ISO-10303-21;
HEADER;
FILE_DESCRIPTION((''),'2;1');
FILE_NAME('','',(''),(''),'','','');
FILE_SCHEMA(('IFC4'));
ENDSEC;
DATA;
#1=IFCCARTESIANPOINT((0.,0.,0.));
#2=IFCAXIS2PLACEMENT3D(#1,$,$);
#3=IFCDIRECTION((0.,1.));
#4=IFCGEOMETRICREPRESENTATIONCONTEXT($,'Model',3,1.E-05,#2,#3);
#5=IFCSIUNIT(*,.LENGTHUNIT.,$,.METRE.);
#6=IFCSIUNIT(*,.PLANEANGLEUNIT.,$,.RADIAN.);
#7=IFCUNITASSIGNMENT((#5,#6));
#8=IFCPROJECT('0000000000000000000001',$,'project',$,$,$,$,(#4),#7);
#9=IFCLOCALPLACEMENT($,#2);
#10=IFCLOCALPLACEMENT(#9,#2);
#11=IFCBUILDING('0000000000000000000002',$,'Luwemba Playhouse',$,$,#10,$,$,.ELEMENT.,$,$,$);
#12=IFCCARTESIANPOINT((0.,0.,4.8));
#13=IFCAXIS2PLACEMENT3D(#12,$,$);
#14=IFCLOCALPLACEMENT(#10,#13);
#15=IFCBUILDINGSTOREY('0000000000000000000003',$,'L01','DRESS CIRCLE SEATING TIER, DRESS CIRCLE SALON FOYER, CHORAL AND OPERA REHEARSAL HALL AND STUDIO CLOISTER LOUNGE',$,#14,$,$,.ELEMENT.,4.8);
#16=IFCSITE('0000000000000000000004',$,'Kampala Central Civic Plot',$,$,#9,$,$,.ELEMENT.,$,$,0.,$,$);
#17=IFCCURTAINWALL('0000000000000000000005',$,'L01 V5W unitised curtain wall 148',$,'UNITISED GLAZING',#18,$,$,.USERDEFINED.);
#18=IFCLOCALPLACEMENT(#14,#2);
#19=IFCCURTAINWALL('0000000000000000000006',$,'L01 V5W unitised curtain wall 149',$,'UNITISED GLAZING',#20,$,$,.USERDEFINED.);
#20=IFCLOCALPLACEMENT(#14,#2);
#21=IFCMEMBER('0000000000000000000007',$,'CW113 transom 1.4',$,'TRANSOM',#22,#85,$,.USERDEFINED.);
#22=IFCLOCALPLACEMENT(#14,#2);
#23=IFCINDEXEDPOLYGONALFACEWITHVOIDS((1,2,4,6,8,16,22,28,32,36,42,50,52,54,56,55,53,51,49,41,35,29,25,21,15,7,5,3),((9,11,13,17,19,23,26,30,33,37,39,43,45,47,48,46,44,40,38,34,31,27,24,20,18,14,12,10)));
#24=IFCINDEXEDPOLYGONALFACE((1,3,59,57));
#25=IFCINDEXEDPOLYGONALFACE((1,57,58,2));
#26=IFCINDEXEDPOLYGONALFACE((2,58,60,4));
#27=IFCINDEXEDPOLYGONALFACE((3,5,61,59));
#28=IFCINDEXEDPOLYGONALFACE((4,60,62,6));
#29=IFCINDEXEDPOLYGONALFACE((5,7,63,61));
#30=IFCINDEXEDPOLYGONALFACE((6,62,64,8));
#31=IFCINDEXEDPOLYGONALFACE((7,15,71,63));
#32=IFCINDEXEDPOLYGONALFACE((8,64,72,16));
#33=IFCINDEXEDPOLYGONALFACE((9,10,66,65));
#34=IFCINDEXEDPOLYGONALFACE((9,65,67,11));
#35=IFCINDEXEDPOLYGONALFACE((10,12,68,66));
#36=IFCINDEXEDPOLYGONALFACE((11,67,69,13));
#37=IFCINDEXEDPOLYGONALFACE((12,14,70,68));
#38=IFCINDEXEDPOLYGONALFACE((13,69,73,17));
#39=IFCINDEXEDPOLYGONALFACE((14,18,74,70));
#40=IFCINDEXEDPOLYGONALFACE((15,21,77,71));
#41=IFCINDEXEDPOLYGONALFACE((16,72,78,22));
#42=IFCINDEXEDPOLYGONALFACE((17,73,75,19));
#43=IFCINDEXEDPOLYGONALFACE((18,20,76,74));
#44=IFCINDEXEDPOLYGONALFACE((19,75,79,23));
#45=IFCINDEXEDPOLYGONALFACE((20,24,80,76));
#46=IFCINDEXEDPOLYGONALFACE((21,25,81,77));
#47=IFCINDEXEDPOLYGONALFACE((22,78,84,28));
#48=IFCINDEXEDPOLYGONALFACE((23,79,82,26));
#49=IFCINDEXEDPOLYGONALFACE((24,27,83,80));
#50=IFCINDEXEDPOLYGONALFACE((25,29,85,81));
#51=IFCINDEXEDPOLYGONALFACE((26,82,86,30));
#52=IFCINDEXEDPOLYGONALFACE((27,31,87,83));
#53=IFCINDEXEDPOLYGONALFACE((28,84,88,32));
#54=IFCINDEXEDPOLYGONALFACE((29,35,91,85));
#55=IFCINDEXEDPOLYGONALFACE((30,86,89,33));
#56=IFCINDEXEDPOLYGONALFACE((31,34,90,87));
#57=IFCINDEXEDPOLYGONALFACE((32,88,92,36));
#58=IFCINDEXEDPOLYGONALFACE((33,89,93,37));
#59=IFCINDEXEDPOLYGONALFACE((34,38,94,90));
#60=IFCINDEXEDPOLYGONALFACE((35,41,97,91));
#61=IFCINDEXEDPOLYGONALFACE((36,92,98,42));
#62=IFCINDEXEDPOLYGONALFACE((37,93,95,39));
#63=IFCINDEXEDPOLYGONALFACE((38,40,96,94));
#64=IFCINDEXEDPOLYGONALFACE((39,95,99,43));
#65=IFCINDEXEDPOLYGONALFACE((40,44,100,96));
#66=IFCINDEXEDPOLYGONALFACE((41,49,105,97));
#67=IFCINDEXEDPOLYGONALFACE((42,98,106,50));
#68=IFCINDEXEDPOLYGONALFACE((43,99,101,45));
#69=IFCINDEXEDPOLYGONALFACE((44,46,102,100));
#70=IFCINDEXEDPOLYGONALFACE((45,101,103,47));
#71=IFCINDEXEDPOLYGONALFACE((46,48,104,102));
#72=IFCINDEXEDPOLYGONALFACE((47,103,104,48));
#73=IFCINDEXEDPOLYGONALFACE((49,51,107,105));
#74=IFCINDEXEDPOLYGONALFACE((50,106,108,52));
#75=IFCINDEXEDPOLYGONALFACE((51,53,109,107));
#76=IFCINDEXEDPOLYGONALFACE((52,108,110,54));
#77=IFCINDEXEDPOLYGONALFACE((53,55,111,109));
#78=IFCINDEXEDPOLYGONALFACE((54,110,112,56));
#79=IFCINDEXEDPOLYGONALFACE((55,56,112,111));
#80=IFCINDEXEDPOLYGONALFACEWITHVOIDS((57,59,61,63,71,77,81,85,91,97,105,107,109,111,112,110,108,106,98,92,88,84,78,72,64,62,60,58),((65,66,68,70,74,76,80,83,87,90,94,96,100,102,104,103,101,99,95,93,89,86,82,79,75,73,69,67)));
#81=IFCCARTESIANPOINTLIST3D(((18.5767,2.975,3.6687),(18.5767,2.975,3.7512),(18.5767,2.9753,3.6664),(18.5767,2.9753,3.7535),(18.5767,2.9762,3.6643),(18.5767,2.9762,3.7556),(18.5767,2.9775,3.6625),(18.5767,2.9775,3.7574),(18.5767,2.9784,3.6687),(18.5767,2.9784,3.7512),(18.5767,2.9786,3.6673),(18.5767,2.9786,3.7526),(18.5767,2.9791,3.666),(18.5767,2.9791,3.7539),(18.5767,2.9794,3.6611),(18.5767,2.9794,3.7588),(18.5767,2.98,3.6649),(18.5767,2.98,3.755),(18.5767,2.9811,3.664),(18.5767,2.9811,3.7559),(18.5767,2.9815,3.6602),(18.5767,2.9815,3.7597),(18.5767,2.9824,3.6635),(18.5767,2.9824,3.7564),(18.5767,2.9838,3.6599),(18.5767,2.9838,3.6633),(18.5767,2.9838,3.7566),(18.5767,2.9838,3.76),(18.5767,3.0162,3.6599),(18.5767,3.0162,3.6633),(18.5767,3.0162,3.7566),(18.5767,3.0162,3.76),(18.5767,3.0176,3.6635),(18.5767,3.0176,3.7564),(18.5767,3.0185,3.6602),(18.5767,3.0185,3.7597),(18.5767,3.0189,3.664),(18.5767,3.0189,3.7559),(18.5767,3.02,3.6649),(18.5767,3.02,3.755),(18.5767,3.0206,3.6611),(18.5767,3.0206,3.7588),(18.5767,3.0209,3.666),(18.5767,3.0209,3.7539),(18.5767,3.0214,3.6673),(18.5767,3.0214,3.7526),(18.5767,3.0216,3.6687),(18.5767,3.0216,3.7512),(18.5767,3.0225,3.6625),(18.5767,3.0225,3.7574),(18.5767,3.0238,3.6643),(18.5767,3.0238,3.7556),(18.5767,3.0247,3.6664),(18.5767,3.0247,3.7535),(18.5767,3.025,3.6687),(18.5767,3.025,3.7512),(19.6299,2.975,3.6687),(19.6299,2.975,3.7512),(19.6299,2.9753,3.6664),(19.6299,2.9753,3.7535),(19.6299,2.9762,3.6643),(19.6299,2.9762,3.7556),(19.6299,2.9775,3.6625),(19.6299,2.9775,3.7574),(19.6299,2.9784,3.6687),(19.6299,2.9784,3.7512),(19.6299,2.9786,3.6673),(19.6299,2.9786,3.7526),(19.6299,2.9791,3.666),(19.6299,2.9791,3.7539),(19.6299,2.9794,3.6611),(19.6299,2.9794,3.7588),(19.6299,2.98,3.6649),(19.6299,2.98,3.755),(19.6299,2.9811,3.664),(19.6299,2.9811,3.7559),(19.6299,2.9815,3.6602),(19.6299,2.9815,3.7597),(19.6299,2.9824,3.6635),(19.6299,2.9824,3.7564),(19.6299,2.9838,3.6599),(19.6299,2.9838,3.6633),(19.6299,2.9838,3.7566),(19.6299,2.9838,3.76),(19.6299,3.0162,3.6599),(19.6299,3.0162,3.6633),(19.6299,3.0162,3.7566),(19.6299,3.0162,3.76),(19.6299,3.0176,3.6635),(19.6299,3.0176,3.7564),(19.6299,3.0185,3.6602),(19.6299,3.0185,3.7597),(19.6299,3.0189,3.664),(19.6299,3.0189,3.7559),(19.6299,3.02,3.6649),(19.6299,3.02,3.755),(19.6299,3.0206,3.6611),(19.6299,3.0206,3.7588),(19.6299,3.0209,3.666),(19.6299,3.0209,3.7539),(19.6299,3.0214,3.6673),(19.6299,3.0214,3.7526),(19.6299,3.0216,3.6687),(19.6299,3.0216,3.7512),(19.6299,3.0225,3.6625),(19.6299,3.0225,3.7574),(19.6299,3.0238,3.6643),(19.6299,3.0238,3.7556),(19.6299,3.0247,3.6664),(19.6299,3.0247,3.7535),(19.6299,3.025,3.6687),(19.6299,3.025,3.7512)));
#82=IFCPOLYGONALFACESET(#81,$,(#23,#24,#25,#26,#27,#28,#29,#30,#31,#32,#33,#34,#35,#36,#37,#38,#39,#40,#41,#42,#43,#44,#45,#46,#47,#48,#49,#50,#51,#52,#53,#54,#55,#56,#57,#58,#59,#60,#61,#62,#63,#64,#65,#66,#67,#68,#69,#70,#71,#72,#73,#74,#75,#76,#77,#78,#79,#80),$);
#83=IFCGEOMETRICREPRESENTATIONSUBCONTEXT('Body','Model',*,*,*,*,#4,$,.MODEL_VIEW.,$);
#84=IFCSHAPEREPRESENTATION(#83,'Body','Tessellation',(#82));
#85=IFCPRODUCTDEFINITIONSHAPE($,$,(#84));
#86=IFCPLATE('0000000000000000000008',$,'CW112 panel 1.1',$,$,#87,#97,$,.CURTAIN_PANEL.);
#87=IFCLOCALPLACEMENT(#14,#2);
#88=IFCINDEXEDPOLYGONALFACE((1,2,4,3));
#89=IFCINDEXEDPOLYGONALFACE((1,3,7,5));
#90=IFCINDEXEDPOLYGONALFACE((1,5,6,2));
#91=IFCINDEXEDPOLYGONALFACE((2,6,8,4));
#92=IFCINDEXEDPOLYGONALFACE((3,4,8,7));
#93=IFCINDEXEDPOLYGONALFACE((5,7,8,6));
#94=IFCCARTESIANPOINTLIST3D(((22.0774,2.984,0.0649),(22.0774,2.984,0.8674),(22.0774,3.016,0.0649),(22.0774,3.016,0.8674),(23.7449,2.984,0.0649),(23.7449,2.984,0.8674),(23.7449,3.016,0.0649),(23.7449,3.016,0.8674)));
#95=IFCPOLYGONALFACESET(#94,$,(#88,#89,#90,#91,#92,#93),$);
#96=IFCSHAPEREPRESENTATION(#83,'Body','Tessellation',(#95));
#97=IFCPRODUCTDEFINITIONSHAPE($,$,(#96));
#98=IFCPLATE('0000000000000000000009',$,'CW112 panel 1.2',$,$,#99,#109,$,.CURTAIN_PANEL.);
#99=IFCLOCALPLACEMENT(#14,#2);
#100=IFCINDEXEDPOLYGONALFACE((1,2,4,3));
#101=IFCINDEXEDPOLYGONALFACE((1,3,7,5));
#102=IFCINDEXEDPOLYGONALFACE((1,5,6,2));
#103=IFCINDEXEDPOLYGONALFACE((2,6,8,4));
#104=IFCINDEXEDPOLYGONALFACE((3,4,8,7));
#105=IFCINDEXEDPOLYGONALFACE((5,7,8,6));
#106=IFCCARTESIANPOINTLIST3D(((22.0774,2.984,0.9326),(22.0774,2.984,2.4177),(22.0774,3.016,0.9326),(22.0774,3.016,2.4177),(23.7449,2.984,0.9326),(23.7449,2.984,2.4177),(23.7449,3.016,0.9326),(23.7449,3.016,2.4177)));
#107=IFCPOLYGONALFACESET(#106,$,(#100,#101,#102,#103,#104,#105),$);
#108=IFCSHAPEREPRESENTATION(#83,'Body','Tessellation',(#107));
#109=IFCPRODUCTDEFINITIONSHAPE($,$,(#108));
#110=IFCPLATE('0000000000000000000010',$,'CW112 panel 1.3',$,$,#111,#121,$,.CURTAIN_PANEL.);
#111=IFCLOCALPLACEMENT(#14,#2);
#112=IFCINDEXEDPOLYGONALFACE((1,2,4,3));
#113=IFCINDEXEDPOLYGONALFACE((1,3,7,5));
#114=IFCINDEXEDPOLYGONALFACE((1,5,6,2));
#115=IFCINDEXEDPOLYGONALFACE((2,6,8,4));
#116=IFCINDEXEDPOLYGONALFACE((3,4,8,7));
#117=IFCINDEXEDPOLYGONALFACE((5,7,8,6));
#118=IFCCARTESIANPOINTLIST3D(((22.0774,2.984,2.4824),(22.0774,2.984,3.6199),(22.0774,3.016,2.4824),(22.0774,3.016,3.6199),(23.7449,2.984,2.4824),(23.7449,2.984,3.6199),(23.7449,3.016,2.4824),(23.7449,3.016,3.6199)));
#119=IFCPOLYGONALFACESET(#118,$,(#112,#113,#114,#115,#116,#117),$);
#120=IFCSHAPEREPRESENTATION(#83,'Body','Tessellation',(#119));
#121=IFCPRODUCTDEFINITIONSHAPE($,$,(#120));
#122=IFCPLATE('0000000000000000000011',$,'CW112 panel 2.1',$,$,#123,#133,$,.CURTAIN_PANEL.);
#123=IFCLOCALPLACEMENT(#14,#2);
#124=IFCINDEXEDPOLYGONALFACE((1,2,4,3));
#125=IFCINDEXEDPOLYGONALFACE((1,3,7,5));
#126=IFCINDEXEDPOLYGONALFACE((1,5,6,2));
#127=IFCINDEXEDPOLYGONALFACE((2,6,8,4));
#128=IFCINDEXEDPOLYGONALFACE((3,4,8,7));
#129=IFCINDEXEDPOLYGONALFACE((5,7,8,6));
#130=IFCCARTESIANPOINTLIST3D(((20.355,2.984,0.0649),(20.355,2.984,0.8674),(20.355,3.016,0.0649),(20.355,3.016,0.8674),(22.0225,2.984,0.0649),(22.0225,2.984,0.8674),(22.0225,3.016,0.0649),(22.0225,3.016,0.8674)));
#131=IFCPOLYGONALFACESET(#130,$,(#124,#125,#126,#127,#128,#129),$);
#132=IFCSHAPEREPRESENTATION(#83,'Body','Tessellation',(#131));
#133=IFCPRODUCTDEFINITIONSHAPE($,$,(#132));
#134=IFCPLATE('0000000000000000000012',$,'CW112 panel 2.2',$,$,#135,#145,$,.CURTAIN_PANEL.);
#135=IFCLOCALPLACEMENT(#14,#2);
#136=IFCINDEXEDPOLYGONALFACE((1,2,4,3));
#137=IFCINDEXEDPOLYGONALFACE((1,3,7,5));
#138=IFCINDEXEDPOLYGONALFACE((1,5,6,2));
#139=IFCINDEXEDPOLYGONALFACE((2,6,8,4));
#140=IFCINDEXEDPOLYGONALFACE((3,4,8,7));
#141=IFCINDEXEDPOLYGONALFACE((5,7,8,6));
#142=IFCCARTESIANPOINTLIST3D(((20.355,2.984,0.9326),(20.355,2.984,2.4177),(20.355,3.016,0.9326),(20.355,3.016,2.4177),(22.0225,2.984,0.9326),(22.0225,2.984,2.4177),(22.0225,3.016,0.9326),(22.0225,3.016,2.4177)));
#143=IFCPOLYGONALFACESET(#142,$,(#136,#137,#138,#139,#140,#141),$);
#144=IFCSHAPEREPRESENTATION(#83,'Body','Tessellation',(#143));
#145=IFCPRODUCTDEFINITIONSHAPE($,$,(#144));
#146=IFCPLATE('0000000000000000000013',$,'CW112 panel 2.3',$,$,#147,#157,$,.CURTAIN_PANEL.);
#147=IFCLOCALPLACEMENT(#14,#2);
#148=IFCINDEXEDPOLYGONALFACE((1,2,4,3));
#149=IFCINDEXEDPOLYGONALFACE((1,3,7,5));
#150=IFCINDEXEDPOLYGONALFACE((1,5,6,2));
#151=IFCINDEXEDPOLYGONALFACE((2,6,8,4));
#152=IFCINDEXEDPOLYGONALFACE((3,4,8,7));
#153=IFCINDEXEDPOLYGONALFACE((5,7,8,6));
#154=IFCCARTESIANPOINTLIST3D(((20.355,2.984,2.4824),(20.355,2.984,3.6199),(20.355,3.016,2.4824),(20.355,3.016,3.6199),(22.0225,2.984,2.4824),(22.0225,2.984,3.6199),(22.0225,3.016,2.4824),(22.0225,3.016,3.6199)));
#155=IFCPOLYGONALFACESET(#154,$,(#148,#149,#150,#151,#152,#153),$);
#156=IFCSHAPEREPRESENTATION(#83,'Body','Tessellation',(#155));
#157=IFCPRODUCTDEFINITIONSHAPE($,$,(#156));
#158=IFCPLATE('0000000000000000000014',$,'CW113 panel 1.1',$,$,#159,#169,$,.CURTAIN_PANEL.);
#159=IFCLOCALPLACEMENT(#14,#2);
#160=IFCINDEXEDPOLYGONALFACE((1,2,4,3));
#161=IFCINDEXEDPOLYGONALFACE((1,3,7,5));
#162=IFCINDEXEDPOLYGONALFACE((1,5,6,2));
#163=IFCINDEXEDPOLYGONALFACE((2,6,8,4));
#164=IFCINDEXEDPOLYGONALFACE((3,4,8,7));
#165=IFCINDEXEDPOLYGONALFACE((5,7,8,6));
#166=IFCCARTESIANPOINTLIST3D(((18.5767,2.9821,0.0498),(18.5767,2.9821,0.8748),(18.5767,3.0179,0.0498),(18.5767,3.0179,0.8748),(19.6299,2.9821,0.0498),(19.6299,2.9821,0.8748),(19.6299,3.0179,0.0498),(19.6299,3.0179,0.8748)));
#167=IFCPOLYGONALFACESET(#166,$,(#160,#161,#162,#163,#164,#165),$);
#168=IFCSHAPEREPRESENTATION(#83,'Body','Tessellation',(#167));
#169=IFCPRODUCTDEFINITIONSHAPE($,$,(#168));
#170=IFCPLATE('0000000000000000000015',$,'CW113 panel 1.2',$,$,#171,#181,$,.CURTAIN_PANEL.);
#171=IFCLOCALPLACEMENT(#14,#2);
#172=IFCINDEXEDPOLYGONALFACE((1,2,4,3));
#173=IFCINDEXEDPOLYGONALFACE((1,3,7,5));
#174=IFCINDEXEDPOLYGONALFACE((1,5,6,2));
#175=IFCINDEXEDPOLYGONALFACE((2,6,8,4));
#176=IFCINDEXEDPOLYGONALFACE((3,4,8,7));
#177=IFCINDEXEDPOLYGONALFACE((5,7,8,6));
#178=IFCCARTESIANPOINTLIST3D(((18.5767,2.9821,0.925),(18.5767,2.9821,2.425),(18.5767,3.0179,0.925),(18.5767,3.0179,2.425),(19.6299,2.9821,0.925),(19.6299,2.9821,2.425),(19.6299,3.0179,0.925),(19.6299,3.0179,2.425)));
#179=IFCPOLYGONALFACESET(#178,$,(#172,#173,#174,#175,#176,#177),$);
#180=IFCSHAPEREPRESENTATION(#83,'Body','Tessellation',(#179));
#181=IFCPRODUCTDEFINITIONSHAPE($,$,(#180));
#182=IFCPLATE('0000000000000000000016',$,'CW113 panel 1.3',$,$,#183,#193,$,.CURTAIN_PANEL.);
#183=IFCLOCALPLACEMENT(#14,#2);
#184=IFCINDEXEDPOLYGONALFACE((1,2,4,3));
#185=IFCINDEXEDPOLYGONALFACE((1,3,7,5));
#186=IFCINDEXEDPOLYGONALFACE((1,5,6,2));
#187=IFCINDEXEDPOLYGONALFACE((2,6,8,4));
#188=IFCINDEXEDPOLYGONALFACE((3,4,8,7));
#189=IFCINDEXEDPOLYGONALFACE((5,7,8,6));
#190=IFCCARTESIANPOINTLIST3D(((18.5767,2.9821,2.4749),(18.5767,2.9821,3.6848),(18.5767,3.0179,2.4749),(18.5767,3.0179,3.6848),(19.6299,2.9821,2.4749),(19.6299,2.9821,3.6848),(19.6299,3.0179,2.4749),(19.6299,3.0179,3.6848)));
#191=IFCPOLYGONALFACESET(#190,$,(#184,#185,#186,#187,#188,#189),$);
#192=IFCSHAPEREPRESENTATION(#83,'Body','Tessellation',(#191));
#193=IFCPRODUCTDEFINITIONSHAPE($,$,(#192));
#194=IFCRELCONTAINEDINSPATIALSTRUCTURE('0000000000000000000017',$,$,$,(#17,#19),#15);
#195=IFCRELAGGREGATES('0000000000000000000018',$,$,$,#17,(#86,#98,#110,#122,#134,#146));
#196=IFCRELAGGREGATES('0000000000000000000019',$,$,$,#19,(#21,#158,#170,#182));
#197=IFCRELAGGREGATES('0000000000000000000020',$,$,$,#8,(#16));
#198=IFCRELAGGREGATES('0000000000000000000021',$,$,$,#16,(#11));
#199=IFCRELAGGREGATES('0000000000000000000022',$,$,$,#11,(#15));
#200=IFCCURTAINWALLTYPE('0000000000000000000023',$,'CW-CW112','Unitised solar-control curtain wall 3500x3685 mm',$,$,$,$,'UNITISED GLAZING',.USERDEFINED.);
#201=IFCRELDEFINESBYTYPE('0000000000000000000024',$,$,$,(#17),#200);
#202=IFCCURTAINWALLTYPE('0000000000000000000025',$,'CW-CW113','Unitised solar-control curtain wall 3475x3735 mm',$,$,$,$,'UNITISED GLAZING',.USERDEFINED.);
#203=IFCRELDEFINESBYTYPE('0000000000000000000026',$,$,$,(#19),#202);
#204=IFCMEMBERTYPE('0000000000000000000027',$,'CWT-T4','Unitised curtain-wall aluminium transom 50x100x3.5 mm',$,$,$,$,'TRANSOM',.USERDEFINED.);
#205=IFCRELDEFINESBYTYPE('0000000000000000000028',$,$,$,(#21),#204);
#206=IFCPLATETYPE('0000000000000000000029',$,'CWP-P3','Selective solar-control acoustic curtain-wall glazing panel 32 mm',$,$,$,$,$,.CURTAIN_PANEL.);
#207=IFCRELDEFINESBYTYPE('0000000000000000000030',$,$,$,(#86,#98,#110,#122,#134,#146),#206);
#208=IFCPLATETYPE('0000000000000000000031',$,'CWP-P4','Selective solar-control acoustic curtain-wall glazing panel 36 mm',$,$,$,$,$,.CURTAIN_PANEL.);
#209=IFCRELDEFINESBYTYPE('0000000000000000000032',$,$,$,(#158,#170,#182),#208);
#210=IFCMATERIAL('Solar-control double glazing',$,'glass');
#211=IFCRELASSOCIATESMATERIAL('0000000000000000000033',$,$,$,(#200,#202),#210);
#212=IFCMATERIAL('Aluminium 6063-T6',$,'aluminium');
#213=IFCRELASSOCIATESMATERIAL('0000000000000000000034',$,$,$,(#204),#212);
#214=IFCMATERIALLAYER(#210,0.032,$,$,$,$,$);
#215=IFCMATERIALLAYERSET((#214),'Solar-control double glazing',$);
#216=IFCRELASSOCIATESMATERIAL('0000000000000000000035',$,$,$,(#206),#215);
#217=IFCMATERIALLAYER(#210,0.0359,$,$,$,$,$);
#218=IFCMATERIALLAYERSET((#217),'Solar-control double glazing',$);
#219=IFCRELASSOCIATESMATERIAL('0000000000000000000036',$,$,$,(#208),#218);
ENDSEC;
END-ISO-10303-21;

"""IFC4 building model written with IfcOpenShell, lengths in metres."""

from ifc_helpers import new_model, si_unit, direction, frame, origin, origin_2d, place, context, subcontext, project, spatial, rectangle, hollow_rectangle, extrude, material, layer, layer_set, material_profile, profile_set, type_object, element, aggregate, save


model = new_model("IFC4")

# Units and contexts
model_context = context("Model", 3, precision=1e-05, world=origin(), true_north=direction((0.0, 1.0)))
body_context = subcontext(model_context, "Body", "Model", "MODEL_VIEW")
ifc_project = project(units=[si_unit("LENGTHUNIT", "METRE"), si_unit("PLANEANGLEUNIT", "RADIAN")], contexts=[model_context])

# Site, building, storey
site_placement = place(None, origin())
site = spatial("IfcSite", under=ifc_project, at=site_placement, Name="Kampala Central Civic Plot", CompositionType="ELEMENT", RefElevation=0.0)
building_placement = place(site_placement, origin())
building = spatial("IfcBuilding", under=site, at=building_placement, Name="Luwemba Playhouse", CompositionType="ELEMENT")
storey_placement = place(building_placement, frame((0.0, 0.0, 4.8)))
storey = spatial("IfcBuildingStorey", under=building, at=storey_placement, Name="L01", Description="DRESS CIRCLE SEATING TIER, DRESS CIRCLE SALON FOYER, CHORAL AND OPERA REHEARSAL HALL AND STUDIO CLOISTER LOUNGE", CompositionType="ELEMENT", Elevation=4.8)

# Curtain walls
ifc_material_1 = material(Name="Solar-control double glazing", Category="glass")
curtain_wall_type_1 = type_object("IfcCurtainWallType", Name="CW-CW112", Description="Unitised solar-control curtain wall 3500x3685 mm", ElementType="UNITISED GLAZING", PredefinedType="USERDEFINED", material=ifc_material_1)
curtain_wall_1_placement = place(storey_placement, origin())
curtain_wall_1 = element("IfcCurtainWall", 1, at=curtain_wall_1_placement, inside=storey, type_object=curtain_wall_type_1, Name="L01 V5W unitised curtain wall 148", ObjectType="UNITISED GLAZING", PredefinedType="USERDEFINED")
ifc_material_2 = material(Name="Aluminium 6063-T6", Category="aluminium")
curtain_wall_type_2 = type_object("IfcCurtainWallType", Name="CW-CW113", Description="Unitised solar-control curtain wall 3475x3735 mm", ElementType="UNITISED GLAZING", PredefinedType="USERDEFINED", material=ifc_material_1)
curtain_wall_2_placement = place(storey_placement, origin())
curtain_wall_2 = element("IfcCurtainWall", 2, at=curtain_wall_2_placement, inside=storey, type_object=curtain_wall_type_2, Name="L01 V5W unitised curtain wall 149", ObjectType="UNITISED GLAZING", PredefinedType="USERDEFINED")

# Member
ifc_material_profile_1 = material_profile(ifc_material_2, hollow_rectangle(XDim=0.05, YDim=0.1001, WallThickness=0.0034, InnerFilletRadius=0.0054, OuterFilletRadius=0.0088, at=origin_2d()))
ifc_profile_set_1 = profile_set([ifc_material_profile_1], Name="Aluminium 6063-T6")
member_type_1 = type_object("IfcMemberType", Name="CWT-T4", Description="Unitised curtain-wall aluminium transom 50x100x3.5 mm", ElementType="TRANSOM", PredefinedType="USERDEFINED", material=ifc_profile_set_1)
member_1_placement = place(storey_placement, frame((19.6299, 3.0, 3.71), z_axis=(-1.0, 0.0, 0.0), x_axis=(0.0, -1.0, 0.0)))
member_1 = element("IfcMember", 3, at=member_1_placement, type_object=member_type_1, Name="CW113 transom 1.4", ObjectType="TRANSOM", PredefinedType="USERDEFINED", context=body_context, shape_type="SweptSolid", body=[
    extrude(hollow_rectangle(XDim=0.05, YDim=0.1001, WallThickness=0.0034, InnerFilletRadius=0.0054, OuterFilletRadius=0.0088, at=origin_2d()), origin(), (0.0, 0.0, 1.0), 1.0532),
])

# Plates
ifc_layer_1 = layer(ifc_material_1, 0.032)
ifc_layer_set_1 = layer_set([ifc_layer_1], Name="Solar-control double glazing")
plate_type_1 = type_object("IfcPlateType", Name="CWP-P3", Description="Selective solar-control acoustic curtain-wall glazing panel 32 mm", PredefinedType="CURTAIN_PANEL", material=ifc_layer_set_1)
plate_1_placement = place(storey_placement, frame((22.9111, 3.0, 0.0649), z_axis=(0.0, 0.0, 1.0), x_axis=(-1.0, 0.0, 0.0)))
plate_1 = element("IfcPlate", 4, at=plate_1_placement, type_object=plate_type_1, Name="CW112 panel 1.1", PredefinedType="CURTAIN_PANEL", context=body_context, shape_type="SweptSolid", body=[
    extrude(rectangle(XDim=1.6675, YDim=0.032, at=origin_2d()), origin(), (0.0, 0.0, 1.0), 0.8025),
])
plate_2_placement = place(storey_placement, frame((22.9111, 3.0, 0.9326), z_axis=(0.0, 0.0, 1.0), x_axis=(-1.0, 0.0, 0.0)))
plate_2 = element("IfcPlate", 5, at=plate_2_placement, type_object=plate_type_1, Name="CW112 panel 1.2", PredefinedType="CURTAIN_PANEL", context=body_context, shape_type="SweptSolid", body=[
    extrude(rectangle(XDim=1.6675, YDim=0.032, at=origin_2d()), origin(), (0.0, 0.0, 1.0), 1.4851),
])
plate_3_placement = place(storey_placement, frame((22.9111, 3.0, 2.4824), z_axis=(0.0, 0.0, 1.0), x_axis=(-1.0, 0.0, 0.0)))
plate_3 = element("IfcPlate", 6, at=plate_3_placement, type_object=plate_type_1, Name="CW112 panel 1.3", PredefinedType="CURTAIN_PANEL", context=body_context, shape_type="SweptSolid", body=[
    extrude(rectangle(XDim=1.6675, YDim=0.032, at=origin_2d()), origin(), (0.0, 0.0, 1.0), 1.1375),
])
plate_4_placement = place(storey_placement, frame((21.1887, 3.0, 0.0649), z_axis=(0.0, 0.0, 1.0), x_axis=(-1.0, 0.0, 0.0)))
plate_4 = element("IfcPlate", 7, at=plate_4_placement, type_object=plate_type_1, Name="CW112 panel 2.1", PredefinedType="CURTAIN_PANEL", context=body_context, shape_type="SweptSolid", body=[
    extrude(rectangle(XDim=1.6675, YDim=0.032, at=origin_2d()), origin(), (0.0, 0.0, 1.0), 0.8025),
])
plate_5_placement = place(storey_placement, frame((21.1887, 3.0, 0.9326), z_axis=(0.0, 0.0, 1.0), x_axis=(-1.0, 0.0, 0.0)))
plate_5 = element("IfcPlate", 8, at=plate_5_placement, type_object=plate_type_1, Name="CW112 panel 2.2", PredefinedType="CURTAIN_PANEL", context=body_context, shape_type="SweptSolid", body=[
    extrude(rectangle(XDim=1.6675, YDim=0.032, at=origin_2d()), origin(), (0.0, 0.0, 1.0), 1.4851),
])
plate_6_placement = place(storey_placement, frame((21.1887, 3.0, 2.4824), z_axis=(0.0, 0.0, 1.0), x_axis=(-1.0, 0.0, 0.0)))
plate_6 = element("IfcPlate", 9, at=plate_6_placement, type_object=plate_type_1, Name="CW112 panel 2.3", PredefinedType="CURTAIN_PANEL", context=body_context, shape_type="SweptSolid", body=[
    extrude(rectangle(XDim=1.6675, YDim=0.032, at=origin_2d()), origin(), (0.0, 0.0, 1.0), 1.1375),
])
aggregate(curtain_wall_1, [plate_1, plate_2, plate_3, plate_4, plate_5, plate_6])
ifc_layer_2 = layer(ifc_material_1, 0.0359)
ifc_layer_set_2 = layer_set([ifc_layer_2], Name="Solar-control double glazing")
plate_type_2 = type_object("IfcPlateType", Name="CWP-P4", Description="Selective solar-control acoustic curtain-wall glazing panel 36 mm", PredefinedType="CURTAIN_PANEL", material=ifc_layer_set_2)
plate_7_placement = place(storey_placement, frame((19.1033, 3.0, 0.0498), z_axis=(0.0, 0.0, 1.0), x_axis=(-1.0, 0.0, 0.0)))
plate_7 = element("IfcPlate", 10, at=plate_7_placement, type_object=plate_type_2, Name="CW113 panel 1.1", PredefinedType="CURTAIN_PANEL", context=body_context, shape_type="SweptSolid", body=[
    extrude(rectangle(XDim=1.0532, YDim=0.0359, at=origin_2d()), origin(), (0.0, 0.0, 1.0), 0.825),
])
plate_8_placement = place(storey_placement, frame((19.1033, 3.0, 0.925), z_axis=(0.0, 0.0, 1.0), x_axis=(-1.0, 0.0, 0.0)))
plate_8 = element("IfcPlate", 11, at=plate_8_placement, type_object=plate_type_2, Name="CW113 panel 1.2", PredefinedType="CURTAIN_PANEL", context=body_context, shape_type="SweptSolid", body=[
    extrude(rectangle(XDim=1.0532, YDim=0.0359, at=origin_2d()), origin(), (0.0, 0.0, 1.0), 1.5),
])
plate_9_placement = place(storey_placement, frame((19.1033, 3.0, 2.4749), z_axis=(0.0, 0.0, 1.0), x_axis=(-1.0, 0.0, 0.0)))
plate_9 = element("IfcPlate", 12, at=plate_9_placement, type_object=plate_type_2, Name="CW113 panel 1.3", PredefinedType="CURTAIN_PANEL", context=body_context, shape_type="SweptSolid", body=[
    extrude(rectangle(XDim=1.0532, YDim=0.0359, at=origin_2d()), origin(), (0.0, 0.0, 1.0), 1.21),
])
aggregate(curtain_wall_2, [member_1, plate_7, plate_8, plate_9])

save(model, "model.ifc")
